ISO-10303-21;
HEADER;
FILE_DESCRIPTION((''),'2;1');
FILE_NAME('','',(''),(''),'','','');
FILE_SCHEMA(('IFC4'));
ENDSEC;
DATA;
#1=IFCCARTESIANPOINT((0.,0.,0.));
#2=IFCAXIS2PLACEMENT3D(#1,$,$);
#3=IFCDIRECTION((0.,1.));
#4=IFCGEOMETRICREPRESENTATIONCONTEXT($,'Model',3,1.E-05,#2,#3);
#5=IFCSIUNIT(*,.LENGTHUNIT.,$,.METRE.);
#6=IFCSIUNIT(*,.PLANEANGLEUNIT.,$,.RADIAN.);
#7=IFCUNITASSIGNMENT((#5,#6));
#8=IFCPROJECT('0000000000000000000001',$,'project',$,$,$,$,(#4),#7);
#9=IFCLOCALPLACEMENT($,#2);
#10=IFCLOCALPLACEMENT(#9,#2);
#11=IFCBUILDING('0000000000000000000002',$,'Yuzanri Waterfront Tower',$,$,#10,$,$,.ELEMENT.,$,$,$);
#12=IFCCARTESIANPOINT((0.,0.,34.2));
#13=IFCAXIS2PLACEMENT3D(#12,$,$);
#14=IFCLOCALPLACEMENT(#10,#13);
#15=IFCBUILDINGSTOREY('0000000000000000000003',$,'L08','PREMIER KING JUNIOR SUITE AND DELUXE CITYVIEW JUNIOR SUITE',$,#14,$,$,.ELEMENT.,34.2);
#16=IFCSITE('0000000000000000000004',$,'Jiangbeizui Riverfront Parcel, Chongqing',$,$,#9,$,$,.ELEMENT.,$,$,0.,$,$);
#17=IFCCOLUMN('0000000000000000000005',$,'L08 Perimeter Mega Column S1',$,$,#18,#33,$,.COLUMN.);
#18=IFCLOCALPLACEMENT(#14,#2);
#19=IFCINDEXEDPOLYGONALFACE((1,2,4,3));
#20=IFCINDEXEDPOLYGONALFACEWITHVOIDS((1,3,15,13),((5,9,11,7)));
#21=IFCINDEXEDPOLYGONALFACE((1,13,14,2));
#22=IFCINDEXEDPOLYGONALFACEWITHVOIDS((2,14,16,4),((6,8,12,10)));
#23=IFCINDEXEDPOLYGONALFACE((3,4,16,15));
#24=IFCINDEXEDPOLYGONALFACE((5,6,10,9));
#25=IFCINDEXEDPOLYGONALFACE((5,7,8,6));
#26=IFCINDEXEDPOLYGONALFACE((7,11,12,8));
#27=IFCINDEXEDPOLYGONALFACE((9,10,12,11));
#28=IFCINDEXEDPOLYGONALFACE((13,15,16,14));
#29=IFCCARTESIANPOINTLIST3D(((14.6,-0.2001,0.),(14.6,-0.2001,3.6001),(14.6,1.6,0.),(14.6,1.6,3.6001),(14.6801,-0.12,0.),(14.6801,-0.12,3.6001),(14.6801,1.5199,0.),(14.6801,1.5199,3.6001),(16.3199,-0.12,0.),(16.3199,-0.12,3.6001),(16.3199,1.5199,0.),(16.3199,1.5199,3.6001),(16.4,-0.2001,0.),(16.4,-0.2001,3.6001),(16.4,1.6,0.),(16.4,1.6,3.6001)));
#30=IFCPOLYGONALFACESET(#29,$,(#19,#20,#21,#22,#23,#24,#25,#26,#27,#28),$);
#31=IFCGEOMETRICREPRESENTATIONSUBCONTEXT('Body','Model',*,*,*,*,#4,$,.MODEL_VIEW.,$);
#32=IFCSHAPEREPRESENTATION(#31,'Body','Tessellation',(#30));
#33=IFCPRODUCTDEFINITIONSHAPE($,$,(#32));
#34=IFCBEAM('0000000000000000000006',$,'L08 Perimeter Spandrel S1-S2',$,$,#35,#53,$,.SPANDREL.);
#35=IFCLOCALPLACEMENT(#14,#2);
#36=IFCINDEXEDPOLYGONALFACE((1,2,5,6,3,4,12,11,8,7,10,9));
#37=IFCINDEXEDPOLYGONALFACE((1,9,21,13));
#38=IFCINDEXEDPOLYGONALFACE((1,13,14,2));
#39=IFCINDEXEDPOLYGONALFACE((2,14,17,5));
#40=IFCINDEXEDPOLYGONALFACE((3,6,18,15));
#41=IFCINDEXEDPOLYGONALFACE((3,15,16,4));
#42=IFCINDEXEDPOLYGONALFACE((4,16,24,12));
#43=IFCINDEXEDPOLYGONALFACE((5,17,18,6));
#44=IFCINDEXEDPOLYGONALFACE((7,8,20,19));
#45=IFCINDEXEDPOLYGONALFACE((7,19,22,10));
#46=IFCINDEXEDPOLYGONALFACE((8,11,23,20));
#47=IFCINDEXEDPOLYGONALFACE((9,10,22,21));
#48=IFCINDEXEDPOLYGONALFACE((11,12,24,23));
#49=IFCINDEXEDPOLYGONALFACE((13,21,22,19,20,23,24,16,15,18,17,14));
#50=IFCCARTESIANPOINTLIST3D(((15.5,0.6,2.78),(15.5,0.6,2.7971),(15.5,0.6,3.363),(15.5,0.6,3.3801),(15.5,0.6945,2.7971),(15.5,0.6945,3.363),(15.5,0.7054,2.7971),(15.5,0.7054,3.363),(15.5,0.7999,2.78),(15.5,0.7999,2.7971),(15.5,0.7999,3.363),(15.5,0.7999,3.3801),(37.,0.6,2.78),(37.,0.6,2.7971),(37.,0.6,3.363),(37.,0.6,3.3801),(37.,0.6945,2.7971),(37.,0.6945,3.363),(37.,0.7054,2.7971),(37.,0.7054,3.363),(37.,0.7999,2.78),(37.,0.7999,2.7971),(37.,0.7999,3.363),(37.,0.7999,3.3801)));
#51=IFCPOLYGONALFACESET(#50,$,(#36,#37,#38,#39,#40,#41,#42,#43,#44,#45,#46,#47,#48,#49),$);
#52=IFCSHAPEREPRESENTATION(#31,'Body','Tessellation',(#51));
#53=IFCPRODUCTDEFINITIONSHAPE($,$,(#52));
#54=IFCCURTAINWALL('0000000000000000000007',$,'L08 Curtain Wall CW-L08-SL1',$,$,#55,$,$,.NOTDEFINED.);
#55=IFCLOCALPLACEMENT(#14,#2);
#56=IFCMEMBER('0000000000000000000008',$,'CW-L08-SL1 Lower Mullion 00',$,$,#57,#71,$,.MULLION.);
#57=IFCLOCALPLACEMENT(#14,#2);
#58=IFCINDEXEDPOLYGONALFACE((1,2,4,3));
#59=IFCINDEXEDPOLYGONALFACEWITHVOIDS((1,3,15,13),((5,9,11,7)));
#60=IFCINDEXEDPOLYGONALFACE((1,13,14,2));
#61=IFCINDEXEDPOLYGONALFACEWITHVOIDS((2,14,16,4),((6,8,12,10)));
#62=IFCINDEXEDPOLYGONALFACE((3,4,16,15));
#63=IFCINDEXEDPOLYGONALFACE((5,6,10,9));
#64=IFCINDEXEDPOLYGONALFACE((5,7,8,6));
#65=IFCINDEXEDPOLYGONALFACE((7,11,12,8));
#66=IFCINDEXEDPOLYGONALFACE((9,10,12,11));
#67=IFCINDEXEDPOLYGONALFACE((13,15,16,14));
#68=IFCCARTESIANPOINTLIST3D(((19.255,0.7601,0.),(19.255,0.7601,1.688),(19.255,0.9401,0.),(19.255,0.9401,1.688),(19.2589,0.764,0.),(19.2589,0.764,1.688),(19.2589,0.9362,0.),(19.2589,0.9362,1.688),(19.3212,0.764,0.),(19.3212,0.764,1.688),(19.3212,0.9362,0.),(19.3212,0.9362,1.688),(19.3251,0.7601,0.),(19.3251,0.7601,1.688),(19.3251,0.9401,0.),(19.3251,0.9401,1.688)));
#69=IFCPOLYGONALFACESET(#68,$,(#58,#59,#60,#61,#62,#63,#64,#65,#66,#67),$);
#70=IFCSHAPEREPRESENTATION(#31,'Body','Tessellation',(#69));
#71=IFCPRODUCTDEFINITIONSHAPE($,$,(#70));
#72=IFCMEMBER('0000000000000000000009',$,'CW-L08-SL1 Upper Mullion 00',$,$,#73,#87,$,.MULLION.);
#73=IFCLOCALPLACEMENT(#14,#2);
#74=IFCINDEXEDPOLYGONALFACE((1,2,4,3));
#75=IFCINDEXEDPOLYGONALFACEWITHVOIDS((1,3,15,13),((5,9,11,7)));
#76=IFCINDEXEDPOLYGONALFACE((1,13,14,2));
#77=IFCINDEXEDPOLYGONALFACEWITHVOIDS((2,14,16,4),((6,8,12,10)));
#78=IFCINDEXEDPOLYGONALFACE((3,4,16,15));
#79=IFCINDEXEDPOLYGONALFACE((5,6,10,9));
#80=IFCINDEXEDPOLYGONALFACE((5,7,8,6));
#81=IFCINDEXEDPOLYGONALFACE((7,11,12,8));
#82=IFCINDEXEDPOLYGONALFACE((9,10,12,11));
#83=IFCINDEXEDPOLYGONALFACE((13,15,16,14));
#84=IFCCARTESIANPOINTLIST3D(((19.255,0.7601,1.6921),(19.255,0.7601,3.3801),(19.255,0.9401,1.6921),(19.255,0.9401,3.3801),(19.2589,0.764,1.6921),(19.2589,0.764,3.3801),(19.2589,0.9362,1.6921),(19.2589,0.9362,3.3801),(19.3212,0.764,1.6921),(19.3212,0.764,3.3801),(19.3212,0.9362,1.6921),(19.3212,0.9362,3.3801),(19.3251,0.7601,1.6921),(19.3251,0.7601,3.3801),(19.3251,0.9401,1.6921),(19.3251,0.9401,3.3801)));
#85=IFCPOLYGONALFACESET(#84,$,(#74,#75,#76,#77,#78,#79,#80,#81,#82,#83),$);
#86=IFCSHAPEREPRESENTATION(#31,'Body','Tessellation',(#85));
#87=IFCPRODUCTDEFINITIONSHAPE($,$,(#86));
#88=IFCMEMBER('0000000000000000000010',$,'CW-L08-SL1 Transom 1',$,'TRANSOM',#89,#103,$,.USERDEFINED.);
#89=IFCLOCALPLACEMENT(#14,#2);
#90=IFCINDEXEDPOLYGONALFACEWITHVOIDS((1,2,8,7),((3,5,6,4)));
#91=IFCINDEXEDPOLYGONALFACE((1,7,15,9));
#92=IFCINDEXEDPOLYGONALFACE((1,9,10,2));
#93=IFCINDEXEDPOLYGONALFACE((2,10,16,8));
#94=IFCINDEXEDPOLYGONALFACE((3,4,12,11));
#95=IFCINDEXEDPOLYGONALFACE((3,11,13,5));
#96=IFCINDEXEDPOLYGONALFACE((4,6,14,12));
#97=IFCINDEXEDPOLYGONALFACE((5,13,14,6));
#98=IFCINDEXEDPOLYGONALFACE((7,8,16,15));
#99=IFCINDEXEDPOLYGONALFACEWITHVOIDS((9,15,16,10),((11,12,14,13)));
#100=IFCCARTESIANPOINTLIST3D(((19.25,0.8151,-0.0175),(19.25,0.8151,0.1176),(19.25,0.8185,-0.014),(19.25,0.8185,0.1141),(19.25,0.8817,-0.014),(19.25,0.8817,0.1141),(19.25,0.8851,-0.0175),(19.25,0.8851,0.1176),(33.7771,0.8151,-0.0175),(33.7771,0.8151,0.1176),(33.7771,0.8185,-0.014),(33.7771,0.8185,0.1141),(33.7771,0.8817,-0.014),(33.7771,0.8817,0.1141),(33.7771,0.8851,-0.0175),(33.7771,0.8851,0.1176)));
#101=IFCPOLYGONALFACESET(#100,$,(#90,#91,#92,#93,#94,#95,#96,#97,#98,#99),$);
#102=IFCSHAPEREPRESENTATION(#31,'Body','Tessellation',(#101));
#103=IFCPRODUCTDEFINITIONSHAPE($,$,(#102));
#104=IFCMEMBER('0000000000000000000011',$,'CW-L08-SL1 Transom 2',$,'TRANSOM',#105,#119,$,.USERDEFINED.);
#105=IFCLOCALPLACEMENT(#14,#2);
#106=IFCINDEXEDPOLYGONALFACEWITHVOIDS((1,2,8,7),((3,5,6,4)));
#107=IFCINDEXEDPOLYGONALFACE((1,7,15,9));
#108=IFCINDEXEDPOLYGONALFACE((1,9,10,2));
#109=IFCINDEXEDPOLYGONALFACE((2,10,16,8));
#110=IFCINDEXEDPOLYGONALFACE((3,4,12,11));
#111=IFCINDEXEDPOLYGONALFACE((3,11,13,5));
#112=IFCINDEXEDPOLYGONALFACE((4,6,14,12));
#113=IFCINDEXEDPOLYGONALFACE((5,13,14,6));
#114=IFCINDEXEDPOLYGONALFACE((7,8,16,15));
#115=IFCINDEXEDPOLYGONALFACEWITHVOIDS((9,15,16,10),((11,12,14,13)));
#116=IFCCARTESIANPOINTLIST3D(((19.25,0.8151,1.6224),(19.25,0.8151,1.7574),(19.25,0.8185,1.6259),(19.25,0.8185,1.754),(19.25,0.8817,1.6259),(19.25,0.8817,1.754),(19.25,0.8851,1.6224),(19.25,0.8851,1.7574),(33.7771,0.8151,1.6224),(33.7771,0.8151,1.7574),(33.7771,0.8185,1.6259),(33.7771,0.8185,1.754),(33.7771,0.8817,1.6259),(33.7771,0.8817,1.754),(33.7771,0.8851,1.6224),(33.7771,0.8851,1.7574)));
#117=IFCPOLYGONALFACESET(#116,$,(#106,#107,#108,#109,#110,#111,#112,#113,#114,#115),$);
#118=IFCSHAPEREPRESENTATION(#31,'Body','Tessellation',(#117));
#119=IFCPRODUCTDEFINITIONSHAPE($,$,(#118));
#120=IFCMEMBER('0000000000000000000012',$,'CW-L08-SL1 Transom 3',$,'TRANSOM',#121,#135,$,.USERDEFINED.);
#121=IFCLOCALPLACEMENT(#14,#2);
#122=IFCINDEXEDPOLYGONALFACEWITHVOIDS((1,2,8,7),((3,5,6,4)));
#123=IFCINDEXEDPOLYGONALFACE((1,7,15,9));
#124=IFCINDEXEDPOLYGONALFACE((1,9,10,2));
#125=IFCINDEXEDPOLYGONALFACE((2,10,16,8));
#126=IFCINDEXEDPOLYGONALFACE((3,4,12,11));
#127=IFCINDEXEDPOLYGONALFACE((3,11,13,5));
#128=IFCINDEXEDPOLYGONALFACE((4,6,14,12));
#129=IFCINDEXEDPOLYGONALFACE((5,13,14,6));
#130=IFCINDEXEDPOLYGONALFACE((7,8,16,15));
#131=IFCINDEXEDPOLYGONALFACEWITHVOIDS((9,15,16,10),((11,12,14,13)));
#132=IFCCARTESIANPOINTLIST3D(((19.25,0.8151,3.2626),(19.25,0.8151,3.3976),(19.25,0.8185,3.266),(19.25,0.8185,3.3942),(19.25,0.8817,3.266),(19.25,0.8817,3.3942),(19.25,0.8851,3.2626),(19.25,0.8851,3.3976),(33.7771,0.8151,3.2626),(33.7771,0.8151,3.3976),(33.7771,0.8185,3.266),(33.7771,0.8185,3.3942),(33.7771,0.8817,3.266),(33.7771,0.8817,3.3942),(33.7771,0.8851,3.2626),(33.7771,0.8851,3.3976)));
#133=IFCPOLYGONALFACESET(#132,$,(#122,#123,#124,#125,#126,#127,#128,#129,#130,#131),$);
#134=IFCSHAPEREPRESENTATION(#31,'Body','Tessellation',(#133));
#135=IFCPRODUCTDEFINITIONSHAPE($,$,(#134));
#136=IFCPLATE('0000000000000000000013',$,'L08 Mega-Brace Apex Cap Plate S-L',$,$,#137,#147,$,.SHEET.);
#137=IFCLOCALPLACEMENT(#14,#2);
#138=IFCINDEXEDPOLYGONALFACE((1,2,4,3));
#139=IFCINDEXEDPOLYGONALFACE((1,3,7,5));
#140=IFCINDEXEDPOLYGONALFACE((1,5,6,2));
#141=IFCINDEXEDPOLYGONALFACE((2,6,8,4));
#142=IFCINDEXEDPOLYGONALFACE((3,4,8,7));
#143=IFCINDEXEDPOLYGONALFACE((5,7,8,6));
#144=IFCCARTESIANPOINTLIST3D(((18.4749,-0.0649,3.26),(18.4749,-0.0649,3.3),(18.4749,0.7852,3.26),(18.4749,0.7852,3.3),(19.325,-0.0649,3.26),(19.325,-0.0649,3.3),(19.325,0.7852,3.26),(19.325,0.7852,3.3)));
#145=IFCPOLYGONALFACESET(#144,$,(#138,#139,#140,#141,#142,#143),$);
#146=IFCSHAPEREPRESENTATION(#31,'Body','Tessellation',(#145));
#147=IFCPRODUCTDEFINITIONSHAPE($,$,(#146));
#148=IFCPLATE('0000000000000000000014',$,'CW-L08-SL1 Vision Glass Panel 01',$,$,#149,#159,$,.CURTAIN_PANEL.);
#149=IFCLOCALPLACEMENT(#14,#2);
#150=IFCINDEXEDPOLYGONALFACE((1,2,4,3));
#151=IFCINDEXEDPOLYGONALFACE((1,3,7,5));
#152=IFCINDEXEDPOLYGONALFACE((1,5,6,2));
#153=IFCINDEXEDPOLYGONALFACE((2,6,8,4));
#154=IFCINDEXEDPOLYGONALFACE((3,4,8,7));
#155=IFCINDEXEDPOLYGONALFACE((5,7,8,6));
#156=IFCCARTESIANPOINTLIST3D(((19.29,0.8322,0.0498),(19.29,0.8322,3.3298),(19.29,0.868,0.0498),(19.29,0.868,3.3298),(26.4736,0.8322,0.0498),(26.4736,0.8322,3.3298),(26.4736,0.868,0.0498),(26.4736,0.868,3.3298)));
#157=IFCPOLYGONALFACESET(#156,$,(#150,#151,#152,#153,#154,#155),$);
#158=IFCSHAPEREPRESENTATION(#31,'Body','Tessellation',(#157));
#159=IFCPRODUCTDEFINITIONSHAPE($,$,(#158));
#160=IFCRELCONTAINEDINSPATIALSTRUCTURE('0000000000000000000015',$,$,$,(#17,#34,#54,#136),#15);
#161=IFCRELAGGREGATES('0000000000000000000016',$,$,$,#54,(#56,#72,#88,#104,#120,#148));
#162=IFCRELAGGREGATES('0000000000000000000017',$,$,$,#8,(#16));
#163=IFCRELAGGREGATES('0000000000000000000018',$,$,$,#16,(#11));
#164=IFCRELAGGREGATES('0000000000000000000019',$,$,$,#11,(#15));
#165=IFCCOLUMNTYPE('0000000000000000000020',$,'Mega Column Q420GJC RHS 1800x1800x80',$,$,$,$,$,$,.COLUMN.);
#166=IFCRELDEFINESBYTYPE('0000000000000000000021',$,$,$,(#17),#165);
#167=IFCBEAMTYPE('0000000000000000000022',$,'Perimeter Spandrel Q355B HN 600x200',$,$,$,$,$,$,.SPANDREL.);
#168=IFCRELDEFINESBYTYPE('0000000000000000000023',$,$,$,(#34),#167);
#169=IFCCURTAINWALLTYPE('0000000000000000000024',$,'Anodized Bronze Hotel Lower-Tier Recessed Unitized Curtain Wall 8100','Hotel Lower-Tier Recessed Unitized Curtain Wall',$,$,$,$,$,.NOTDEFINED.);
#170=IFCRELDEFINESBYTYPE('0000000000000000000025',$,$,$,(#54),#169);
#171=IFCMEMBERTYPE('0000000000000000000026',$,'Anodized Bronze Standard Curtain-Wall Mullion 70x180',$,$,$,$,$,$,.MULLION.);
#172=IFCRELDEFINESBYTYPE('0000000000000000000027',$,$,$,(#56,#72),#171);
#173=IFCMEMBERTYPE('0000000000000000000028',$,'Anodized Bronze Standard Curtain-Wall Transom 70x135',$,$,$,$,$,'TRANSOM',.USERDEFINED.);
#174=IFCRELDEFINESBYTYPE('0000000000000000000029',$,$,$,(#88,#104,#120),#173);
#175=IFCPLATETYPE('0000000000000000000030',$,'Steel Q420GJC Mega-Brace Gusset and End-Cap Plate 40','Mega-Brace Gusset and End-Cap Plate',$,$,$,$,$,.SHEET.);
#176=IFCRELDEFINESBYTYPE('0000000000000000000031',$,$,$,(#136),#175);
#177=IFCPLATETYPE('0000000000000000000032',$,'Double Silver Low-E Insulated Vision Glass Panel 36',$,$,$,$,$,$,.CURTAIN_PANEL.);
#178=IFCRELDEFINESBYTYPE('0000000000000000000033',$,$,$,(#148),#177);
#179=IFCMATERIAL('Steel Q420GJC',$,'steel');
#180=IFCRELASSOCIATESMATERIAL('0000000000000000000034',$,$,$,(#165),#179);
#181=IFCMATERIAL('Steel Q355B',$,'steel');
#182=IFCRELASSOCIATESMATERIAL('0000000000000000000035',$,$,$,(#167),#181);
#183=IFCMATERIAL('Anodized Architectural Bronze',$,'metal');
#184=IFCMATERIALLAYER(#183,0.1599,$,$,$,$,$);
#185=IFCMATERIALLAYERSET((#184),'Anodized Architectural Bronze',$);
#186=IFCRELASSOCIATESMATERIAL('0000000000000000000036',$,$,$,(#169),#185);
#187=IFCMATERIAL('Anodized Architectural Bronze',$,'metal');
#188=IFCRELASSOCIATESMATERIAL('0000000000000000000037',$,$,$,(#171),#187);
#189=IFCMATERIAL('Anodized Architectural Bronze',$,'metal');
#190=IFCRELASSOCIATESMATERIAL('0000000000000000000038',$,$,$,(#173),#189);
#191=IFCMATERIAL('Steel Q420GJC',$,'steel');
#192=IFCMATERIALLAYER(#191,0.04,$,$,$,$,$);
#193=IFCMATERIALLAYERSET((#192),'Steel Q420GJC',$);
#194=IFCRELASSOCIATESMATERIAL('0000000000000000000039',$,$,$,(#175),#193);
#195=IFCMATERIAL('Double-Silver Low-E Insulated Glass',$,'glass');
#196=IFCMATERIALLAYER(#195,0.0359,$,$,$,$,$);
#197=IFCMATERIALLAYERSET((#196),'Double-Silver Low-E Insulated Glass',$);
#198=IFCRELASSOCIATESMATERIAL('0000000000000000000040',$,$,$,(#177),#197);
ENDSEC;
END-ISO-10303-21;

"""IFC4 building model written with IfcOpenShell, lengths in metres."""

from ifc_helpers import new_model, si_unit, direction, frame, origin, origin_2d, place, context, subcontext, project, spatial, rectangle, hollow_rectangle, i_section, extrude, source, transform, mapped, material, layer, layer_set, material_profile, profile_set, type_object, element, aggregate, save


model = new_model("IFC4")

# Units and contexts
model_context = context("Model", 3, precision=1e-05, world=origin(), true_north=direction((0.0, 1.0)))
body_context = subcontext(model_context, "Body", "Model", "MODEL_VIEW")
ifc_project = project(units=[si_unit("LENGTHUNIT", "METRE"), si_unit("PLANEANGLEUNIT", "RADIAN")], contexts=[model_context])

# Site, building, storey
site_placement = place(None, origin())
site = spatial("IfcSite", under=ifc_project, at=site_placement, Name="Jiangbeizui Riverfront Parcel, Chongqing", CompositionType="ELEMENT", RefElevation=0.0)
building_placement = place(site_placement, origin())
building = spatial("IfcBuilding", under=site, at=building_placement, Name="Yuzanri Waterfront Tower", CompositionType="ELEMENT")
storey_placement = place(building_placement, frame((0.0, 0.0, 34.2)))
storey = spatial("IfcBuildingStorey", under=building, at=storey_placement, Name="L08", Description="PREMIER KING JUNIOR SUITE AND DELUXE CITYVIEW JUNIOR SUITE", CompositionType="ELEMENT", Elevation=34.2)

# Column
ifc_material_1 = material(Name="Steel Q420GJC", Category="steel")
ifc_material_profile_1 = material_profile(ifc_material_1, hollow_rectangle(XDim=1.8, YDim=1.8, WallThickness=0.0801, at=origin_2d()), Name="RHS 1800x1800x80")
ifc_profile_set_1 = profile_set([ifc_material_profile_1], Name="Steel Q420GJC")
column_type = type_object("IfcColumnType", Name="Mega Column Q420GJC RHS 1800x1800x80", PredefinedType="COLUMN", material=ifc_profile_set_1)
shared_shape_1 = source(origin(), body_context, "Body", "SweptSolid", [
    extrude(hollow_rectangle(XDim=1.8, YDim=1.8, WallThickness=0.0801, at=origin_2d()), origin(), (0.0, 0.0, 1.0), 3.6001),
])
column_placement = place(storey_placement, frame((15.5, 0.7, 0.0), z_axis=(0.0, 0.0, 1.0), x_axis=(1.0, 0.0, 0.0)))
element("IfcColumn", 1, at=column_placement, inside=storey, type_object=column_type, Name="L08 Perimeter Mega Column S1", PredefinedType="COLUMN", context=body_context, shape_type="MappedRepresentation", body=[
    mapped(shared_shape_1, transform((0.0, 0.0, 0.0), scale=1.0)),
])

# Beam
ifc_material_2 = material(Name="Steel Q355B", Category="steel")
ifc_material_profile_2 = material_profile(ifc_material_2, i_section(OverallWidth=0.2, OverallDepth=0.6001, WebThickness=0.011, FlangeThickness=0.0171, at=origin_2d()), Name="HN 600x200x11x17")
ifc_profile_set_2 = profile_set([ifc_material_profile_2], Name="Steel Q355B")
beam_type = type_object("IfcBeamType", Name="Perimeter Spandrel Q355B HN 600x200", PredefinedType="SPANDREL", material=ifc_profile_set_2)
shared_shape_2 = source(origin(), body_context, "Body", "SweptSolid", [
    extrude(i_section(OverallWidth=0.2, OverallDepth=0.6001, WebThickness=0.011, FlangeThickness=0.0171, at=origin_2d()), origin(), (0.0, 0.0, 1.0), 21.5),
])
beam_placement = place(storey_placement, frame((15.5, 0.7, 3.0801), z_axis=(1.0, 0.0, 0.0), x_axis=(0.0, 1.0, 0.0)))
element("IfcBeam", 2, at=beam_placement, inside=storey, type_object=beam_type, Name="L08 Perimeter Spandrel S1-S2", PredefinedType="SPANDREL", context=body_context, shape_type="MappedRepresentation", body=[
    mapped(shared_shape_2, transform((0.0, 0.0, 0.0), scale=1.0)),
])

# Curtain wall, members
ifc_material_3 = material(Name="Anodized Architectural Bronze", Category="metal")
ifc_layer_1 = layer(ifc_material_3, 0.1599)
ifc_layer_set_1 = layer_set([ifc_layer_1], Name="Anodized Architectural Bronze")
curtain_wall_type = type_object("IfcCurtainWallType", Name="Anodized Bronze Hotel Lower-Tier Recessed Unitized Curtain Wall 8100", Description="Hotel Lower-Tier Recessed Unitized Curtain Wall", PredefinedType="NOTDEFINED", material=ifc_layer_set_1)
curtain_wall_placement = place(storey_placement, origin())
curtain_wall = element("IfcCurtainWall", 3, at=curtain_wall_placement, inside=storey, type_object=curtain_wall_type, Name="L08 Curtain Wall CW-L08-SL1", PredefinedType="NOTDEFINED")
ifc_material_4 = material(Name="Anodized Architectural Bronze", Category="metal")
ifc_material_profile_3 = material_profile(ifc_material_4, hollow_rectangle(XDim=0.0701, YDim=0.1799, WallThickness=0.0039, at=origin_2d()), Name="CWM 70x180")
ifc_profile_set_3 = profile_set([ifc_material_profile_3], Name="Anodized Architectural Bronze")
member_type_1 = type_object("IfcMemberType", Name="Anodized Bronze Standard Curtain-Wall Mullion 70x180", PredefinedType="MULLION", material=ifc_profile_set_3)
shared_shape_3 = source(origin(), body_context, "Body", "SweptSolid", [
    extrude(hollow_rectangle(XDim=0.0701, YDim=0.1799, WallThickness=0.0039, at=origin_2d()), origin(), (0.0, 0.0, 1.0), 1.688),
])
member_1_placement = place(storey_placement, frame((19.29, 0.8501, 0.0), z_axis=(0.0, 0.0, 1.0), x_axis=(1.0, 0.0, 0.0)))
member_1 = element("IfcMember", 4, at=member_1_placement, type_object=member_type_1, Name="CW-L08-SL1 Lower Mullion 00", PredefinedType="MULLION", context=body_context, shape_type="MappedRepresentation", body=[
    mapped(shared_shape_3, transform((0.0, 0.0, 0.0), scale=1.0)),
])
member_2_placement = place(storey_placement, frame((19.29, 0.8501, 1.6921), z_axis=(0.0, 0.0, 1.0), x_axis=(1.0, 0.0, 0.0)))
member_2 = element("IfcMember", 5, at=member_2_placement, type_object=member_type_1, Name="CW-L08-SL1 Upper Mullion 00", PredefinedType="MULLION", context=body_context, shape_type="MappedRepresentation", body=[
    mapped(shared_shape_3, transform((0.0, 0.0, 0.0), scale=1.0)),
])
ifc_material_5 = material(Name="Anodized Architectural Bronze", Category="metal")
ifc_material_profile_4 = material_profile(ifc_material_5, hollow_rectangle(XDim=0.0701, YDim=0.135, WallThickness=0.0034, at=origin_2d()), Name="CWT 70x135")
ifc_profile_set_4 = profile_set([ifc_material_profile_4], Name="Anodized Architectural Bronze")
member_type_2 = type_object("IfcMemberType", Name="Anodized Bronze Standard Curtain-Wall Transom 70x135", ElementType="TRANSOM", PredefinedType="USERDEFINED", material=ifc_profile_set_4)
shared_shape_4 = source(origin(), body_context, "Body", "SweptSolid", [
    extrude(hollow_rectangle(XDim=0.0701, YDim=0.135, WallThickness=0.0034, at=origin_2d()), origin(), (0.0, 0.0, 1.0), 14.5271),
])
member_3_placement = place(storey_placement, frame((19.25, 0.8501, 0.05), z_axis=(1.0, 0.0, 0.0), x_axis=(0.0, 1.0, 0.0)))
member_3 = element("IfcMember", 6, at=member_3_placement, type_object=member_type_2, Name="CW-L08-SL1 Transom 1", ObjectType="TRANSOM", PredefinedType="USERDEFINED", context=body_context, shape_type="MappedRepresentation", body=[
    mapped(shared_shape_4, transform((0.0, 0.0, 0.0), scale=1.0)),
])
member_4_placement = place(storey_placement, frame((19.25, 0.8501, 1.6899), z_axis=(1.0, 0.0, 0.0), x_axis=(0.0, 1.0, 0.0)))
member_4 = element("IfcMember", 7, at=member_4_placement, type_object=member_type_2, Name="CW-L08-SL1 Transom 2", ObjectType="TRANSOM", PredefinedType="USERDEFINED", context=body_context, shape_type="MappedRepresentation", body=[
    mapped(shared_shape_4, transform((0.0, 0.0, 0.0), scale=1.0)),
])
member_5_placement = place(storey_placement, frame((19.25, 0.8501, 3.3301), z_axis=(1.0, 0.0, 0.0), x_axis=(0.0, 1.0, 0.0)))
member_5 = element("IfcMember", 8, at=member_5_placement, type_object=member_type_2, Name="CW-L08-SL1 Transom 3", ObjectType="TRANSOM", PredefinedType="USERDEFINED", context=body_context, shape_type="MappedRepresentation", body=[
    mapped(shared_shape_4, transform((0.0, 0.0, 0.0), scale=1.0)),
])

# Plates
ifc_material_6 = material(Name="Steel Q420GJC", Category="steel")
ifc_layer_2 = layer(ifc_material_6, 0.04)
ifc_layer_set_2 = layer_set([ifc_layer_2], Name="Steel Q420GJC")
plate_type_1 = type_object("IfcPlateType", Name="Steel Q420GJC Mega-Brace Gusset and End-Cap Plate 40", Description="Mega-Brace Gusset and End-Cap Plate", PredefinedType="SHEET", material=ifc_layer_set_2)
shared_shape_5 = source(origin(), body_context, "Body", "SweptSolid", [
    extrude(rectangle(XDim=0.8501, YDim=0.8501, at=origin_2d()), origin(), (0.0, 0.0, 1.0), 0.04),
])
plate_1_placement = place(storey_placement, frame((18.8999, 0.3601, 3.26), z_axis=(0.0, 0.0, 1.0), x_axis=(1.0, 0.0, 0.0)))
element("IfcPlate", 9, at=plate_1_placement, inside=storey, type_object=plate_type_1, Name="L08 Mega-Brace Apex Cap Plate S-L", PredefinedType="SHEET", context=body_context, shape_type="MappedRepresentation", body=[
    mapped(shared_shape_5, transform((0.0, 0.0, 0.0), scale=1.0)),
])
ifc_material_7 = material(Name="Double-Silver Low-E Insulated Glass", Category="glass")
ifc_layer_3 = layer(ifc_material_7, 0.0359)
ifc_layer_set_3 = layer_set([ifc_layer_3], Name="Double-Silver Low-E Insulated Glass")
plate_type_2 = type_object("IfcPlateType", Name="Double Silver Low-E Insulated Vision Glass Panel 36", PredefinedType="CURTAIN_PANEL", material=ifc_layer_set_3)
shared_shape_6 = source(origin(), body_context, "Body", "SweptSolid", [
    extrude(rectangle(XDim=7.1836, YDim=0.0359, at=origin_2d()), origin(), (0.0, 0.0, 1.0), 3.28),
])
plate_2_placement = place(storey_placement, frame((22.8818, 0.8501, 0.0498), z_axis=(0.0, 0.0, 1.0), x_axis=(1.0, 0.0, 0.0)))
plate_2 = element("IfcPlate", 10, at=plate_2_placement, type_object=plate_type_2, Name="CW-L08-SL1 Vision Glass Panel 01", PredefinedType="CURTAIN_PANEL", context=body_context, shape_type="MappedRepresentation", body=[
    mapped(shared_shape_6, transform((0.0, 0.0, 0.0), scale=1.0)),
])
aggregate(curtain_wall, [member_1, member_2, member_3, member_4, member_5, plate_2])

save(model, "model.ifc")
